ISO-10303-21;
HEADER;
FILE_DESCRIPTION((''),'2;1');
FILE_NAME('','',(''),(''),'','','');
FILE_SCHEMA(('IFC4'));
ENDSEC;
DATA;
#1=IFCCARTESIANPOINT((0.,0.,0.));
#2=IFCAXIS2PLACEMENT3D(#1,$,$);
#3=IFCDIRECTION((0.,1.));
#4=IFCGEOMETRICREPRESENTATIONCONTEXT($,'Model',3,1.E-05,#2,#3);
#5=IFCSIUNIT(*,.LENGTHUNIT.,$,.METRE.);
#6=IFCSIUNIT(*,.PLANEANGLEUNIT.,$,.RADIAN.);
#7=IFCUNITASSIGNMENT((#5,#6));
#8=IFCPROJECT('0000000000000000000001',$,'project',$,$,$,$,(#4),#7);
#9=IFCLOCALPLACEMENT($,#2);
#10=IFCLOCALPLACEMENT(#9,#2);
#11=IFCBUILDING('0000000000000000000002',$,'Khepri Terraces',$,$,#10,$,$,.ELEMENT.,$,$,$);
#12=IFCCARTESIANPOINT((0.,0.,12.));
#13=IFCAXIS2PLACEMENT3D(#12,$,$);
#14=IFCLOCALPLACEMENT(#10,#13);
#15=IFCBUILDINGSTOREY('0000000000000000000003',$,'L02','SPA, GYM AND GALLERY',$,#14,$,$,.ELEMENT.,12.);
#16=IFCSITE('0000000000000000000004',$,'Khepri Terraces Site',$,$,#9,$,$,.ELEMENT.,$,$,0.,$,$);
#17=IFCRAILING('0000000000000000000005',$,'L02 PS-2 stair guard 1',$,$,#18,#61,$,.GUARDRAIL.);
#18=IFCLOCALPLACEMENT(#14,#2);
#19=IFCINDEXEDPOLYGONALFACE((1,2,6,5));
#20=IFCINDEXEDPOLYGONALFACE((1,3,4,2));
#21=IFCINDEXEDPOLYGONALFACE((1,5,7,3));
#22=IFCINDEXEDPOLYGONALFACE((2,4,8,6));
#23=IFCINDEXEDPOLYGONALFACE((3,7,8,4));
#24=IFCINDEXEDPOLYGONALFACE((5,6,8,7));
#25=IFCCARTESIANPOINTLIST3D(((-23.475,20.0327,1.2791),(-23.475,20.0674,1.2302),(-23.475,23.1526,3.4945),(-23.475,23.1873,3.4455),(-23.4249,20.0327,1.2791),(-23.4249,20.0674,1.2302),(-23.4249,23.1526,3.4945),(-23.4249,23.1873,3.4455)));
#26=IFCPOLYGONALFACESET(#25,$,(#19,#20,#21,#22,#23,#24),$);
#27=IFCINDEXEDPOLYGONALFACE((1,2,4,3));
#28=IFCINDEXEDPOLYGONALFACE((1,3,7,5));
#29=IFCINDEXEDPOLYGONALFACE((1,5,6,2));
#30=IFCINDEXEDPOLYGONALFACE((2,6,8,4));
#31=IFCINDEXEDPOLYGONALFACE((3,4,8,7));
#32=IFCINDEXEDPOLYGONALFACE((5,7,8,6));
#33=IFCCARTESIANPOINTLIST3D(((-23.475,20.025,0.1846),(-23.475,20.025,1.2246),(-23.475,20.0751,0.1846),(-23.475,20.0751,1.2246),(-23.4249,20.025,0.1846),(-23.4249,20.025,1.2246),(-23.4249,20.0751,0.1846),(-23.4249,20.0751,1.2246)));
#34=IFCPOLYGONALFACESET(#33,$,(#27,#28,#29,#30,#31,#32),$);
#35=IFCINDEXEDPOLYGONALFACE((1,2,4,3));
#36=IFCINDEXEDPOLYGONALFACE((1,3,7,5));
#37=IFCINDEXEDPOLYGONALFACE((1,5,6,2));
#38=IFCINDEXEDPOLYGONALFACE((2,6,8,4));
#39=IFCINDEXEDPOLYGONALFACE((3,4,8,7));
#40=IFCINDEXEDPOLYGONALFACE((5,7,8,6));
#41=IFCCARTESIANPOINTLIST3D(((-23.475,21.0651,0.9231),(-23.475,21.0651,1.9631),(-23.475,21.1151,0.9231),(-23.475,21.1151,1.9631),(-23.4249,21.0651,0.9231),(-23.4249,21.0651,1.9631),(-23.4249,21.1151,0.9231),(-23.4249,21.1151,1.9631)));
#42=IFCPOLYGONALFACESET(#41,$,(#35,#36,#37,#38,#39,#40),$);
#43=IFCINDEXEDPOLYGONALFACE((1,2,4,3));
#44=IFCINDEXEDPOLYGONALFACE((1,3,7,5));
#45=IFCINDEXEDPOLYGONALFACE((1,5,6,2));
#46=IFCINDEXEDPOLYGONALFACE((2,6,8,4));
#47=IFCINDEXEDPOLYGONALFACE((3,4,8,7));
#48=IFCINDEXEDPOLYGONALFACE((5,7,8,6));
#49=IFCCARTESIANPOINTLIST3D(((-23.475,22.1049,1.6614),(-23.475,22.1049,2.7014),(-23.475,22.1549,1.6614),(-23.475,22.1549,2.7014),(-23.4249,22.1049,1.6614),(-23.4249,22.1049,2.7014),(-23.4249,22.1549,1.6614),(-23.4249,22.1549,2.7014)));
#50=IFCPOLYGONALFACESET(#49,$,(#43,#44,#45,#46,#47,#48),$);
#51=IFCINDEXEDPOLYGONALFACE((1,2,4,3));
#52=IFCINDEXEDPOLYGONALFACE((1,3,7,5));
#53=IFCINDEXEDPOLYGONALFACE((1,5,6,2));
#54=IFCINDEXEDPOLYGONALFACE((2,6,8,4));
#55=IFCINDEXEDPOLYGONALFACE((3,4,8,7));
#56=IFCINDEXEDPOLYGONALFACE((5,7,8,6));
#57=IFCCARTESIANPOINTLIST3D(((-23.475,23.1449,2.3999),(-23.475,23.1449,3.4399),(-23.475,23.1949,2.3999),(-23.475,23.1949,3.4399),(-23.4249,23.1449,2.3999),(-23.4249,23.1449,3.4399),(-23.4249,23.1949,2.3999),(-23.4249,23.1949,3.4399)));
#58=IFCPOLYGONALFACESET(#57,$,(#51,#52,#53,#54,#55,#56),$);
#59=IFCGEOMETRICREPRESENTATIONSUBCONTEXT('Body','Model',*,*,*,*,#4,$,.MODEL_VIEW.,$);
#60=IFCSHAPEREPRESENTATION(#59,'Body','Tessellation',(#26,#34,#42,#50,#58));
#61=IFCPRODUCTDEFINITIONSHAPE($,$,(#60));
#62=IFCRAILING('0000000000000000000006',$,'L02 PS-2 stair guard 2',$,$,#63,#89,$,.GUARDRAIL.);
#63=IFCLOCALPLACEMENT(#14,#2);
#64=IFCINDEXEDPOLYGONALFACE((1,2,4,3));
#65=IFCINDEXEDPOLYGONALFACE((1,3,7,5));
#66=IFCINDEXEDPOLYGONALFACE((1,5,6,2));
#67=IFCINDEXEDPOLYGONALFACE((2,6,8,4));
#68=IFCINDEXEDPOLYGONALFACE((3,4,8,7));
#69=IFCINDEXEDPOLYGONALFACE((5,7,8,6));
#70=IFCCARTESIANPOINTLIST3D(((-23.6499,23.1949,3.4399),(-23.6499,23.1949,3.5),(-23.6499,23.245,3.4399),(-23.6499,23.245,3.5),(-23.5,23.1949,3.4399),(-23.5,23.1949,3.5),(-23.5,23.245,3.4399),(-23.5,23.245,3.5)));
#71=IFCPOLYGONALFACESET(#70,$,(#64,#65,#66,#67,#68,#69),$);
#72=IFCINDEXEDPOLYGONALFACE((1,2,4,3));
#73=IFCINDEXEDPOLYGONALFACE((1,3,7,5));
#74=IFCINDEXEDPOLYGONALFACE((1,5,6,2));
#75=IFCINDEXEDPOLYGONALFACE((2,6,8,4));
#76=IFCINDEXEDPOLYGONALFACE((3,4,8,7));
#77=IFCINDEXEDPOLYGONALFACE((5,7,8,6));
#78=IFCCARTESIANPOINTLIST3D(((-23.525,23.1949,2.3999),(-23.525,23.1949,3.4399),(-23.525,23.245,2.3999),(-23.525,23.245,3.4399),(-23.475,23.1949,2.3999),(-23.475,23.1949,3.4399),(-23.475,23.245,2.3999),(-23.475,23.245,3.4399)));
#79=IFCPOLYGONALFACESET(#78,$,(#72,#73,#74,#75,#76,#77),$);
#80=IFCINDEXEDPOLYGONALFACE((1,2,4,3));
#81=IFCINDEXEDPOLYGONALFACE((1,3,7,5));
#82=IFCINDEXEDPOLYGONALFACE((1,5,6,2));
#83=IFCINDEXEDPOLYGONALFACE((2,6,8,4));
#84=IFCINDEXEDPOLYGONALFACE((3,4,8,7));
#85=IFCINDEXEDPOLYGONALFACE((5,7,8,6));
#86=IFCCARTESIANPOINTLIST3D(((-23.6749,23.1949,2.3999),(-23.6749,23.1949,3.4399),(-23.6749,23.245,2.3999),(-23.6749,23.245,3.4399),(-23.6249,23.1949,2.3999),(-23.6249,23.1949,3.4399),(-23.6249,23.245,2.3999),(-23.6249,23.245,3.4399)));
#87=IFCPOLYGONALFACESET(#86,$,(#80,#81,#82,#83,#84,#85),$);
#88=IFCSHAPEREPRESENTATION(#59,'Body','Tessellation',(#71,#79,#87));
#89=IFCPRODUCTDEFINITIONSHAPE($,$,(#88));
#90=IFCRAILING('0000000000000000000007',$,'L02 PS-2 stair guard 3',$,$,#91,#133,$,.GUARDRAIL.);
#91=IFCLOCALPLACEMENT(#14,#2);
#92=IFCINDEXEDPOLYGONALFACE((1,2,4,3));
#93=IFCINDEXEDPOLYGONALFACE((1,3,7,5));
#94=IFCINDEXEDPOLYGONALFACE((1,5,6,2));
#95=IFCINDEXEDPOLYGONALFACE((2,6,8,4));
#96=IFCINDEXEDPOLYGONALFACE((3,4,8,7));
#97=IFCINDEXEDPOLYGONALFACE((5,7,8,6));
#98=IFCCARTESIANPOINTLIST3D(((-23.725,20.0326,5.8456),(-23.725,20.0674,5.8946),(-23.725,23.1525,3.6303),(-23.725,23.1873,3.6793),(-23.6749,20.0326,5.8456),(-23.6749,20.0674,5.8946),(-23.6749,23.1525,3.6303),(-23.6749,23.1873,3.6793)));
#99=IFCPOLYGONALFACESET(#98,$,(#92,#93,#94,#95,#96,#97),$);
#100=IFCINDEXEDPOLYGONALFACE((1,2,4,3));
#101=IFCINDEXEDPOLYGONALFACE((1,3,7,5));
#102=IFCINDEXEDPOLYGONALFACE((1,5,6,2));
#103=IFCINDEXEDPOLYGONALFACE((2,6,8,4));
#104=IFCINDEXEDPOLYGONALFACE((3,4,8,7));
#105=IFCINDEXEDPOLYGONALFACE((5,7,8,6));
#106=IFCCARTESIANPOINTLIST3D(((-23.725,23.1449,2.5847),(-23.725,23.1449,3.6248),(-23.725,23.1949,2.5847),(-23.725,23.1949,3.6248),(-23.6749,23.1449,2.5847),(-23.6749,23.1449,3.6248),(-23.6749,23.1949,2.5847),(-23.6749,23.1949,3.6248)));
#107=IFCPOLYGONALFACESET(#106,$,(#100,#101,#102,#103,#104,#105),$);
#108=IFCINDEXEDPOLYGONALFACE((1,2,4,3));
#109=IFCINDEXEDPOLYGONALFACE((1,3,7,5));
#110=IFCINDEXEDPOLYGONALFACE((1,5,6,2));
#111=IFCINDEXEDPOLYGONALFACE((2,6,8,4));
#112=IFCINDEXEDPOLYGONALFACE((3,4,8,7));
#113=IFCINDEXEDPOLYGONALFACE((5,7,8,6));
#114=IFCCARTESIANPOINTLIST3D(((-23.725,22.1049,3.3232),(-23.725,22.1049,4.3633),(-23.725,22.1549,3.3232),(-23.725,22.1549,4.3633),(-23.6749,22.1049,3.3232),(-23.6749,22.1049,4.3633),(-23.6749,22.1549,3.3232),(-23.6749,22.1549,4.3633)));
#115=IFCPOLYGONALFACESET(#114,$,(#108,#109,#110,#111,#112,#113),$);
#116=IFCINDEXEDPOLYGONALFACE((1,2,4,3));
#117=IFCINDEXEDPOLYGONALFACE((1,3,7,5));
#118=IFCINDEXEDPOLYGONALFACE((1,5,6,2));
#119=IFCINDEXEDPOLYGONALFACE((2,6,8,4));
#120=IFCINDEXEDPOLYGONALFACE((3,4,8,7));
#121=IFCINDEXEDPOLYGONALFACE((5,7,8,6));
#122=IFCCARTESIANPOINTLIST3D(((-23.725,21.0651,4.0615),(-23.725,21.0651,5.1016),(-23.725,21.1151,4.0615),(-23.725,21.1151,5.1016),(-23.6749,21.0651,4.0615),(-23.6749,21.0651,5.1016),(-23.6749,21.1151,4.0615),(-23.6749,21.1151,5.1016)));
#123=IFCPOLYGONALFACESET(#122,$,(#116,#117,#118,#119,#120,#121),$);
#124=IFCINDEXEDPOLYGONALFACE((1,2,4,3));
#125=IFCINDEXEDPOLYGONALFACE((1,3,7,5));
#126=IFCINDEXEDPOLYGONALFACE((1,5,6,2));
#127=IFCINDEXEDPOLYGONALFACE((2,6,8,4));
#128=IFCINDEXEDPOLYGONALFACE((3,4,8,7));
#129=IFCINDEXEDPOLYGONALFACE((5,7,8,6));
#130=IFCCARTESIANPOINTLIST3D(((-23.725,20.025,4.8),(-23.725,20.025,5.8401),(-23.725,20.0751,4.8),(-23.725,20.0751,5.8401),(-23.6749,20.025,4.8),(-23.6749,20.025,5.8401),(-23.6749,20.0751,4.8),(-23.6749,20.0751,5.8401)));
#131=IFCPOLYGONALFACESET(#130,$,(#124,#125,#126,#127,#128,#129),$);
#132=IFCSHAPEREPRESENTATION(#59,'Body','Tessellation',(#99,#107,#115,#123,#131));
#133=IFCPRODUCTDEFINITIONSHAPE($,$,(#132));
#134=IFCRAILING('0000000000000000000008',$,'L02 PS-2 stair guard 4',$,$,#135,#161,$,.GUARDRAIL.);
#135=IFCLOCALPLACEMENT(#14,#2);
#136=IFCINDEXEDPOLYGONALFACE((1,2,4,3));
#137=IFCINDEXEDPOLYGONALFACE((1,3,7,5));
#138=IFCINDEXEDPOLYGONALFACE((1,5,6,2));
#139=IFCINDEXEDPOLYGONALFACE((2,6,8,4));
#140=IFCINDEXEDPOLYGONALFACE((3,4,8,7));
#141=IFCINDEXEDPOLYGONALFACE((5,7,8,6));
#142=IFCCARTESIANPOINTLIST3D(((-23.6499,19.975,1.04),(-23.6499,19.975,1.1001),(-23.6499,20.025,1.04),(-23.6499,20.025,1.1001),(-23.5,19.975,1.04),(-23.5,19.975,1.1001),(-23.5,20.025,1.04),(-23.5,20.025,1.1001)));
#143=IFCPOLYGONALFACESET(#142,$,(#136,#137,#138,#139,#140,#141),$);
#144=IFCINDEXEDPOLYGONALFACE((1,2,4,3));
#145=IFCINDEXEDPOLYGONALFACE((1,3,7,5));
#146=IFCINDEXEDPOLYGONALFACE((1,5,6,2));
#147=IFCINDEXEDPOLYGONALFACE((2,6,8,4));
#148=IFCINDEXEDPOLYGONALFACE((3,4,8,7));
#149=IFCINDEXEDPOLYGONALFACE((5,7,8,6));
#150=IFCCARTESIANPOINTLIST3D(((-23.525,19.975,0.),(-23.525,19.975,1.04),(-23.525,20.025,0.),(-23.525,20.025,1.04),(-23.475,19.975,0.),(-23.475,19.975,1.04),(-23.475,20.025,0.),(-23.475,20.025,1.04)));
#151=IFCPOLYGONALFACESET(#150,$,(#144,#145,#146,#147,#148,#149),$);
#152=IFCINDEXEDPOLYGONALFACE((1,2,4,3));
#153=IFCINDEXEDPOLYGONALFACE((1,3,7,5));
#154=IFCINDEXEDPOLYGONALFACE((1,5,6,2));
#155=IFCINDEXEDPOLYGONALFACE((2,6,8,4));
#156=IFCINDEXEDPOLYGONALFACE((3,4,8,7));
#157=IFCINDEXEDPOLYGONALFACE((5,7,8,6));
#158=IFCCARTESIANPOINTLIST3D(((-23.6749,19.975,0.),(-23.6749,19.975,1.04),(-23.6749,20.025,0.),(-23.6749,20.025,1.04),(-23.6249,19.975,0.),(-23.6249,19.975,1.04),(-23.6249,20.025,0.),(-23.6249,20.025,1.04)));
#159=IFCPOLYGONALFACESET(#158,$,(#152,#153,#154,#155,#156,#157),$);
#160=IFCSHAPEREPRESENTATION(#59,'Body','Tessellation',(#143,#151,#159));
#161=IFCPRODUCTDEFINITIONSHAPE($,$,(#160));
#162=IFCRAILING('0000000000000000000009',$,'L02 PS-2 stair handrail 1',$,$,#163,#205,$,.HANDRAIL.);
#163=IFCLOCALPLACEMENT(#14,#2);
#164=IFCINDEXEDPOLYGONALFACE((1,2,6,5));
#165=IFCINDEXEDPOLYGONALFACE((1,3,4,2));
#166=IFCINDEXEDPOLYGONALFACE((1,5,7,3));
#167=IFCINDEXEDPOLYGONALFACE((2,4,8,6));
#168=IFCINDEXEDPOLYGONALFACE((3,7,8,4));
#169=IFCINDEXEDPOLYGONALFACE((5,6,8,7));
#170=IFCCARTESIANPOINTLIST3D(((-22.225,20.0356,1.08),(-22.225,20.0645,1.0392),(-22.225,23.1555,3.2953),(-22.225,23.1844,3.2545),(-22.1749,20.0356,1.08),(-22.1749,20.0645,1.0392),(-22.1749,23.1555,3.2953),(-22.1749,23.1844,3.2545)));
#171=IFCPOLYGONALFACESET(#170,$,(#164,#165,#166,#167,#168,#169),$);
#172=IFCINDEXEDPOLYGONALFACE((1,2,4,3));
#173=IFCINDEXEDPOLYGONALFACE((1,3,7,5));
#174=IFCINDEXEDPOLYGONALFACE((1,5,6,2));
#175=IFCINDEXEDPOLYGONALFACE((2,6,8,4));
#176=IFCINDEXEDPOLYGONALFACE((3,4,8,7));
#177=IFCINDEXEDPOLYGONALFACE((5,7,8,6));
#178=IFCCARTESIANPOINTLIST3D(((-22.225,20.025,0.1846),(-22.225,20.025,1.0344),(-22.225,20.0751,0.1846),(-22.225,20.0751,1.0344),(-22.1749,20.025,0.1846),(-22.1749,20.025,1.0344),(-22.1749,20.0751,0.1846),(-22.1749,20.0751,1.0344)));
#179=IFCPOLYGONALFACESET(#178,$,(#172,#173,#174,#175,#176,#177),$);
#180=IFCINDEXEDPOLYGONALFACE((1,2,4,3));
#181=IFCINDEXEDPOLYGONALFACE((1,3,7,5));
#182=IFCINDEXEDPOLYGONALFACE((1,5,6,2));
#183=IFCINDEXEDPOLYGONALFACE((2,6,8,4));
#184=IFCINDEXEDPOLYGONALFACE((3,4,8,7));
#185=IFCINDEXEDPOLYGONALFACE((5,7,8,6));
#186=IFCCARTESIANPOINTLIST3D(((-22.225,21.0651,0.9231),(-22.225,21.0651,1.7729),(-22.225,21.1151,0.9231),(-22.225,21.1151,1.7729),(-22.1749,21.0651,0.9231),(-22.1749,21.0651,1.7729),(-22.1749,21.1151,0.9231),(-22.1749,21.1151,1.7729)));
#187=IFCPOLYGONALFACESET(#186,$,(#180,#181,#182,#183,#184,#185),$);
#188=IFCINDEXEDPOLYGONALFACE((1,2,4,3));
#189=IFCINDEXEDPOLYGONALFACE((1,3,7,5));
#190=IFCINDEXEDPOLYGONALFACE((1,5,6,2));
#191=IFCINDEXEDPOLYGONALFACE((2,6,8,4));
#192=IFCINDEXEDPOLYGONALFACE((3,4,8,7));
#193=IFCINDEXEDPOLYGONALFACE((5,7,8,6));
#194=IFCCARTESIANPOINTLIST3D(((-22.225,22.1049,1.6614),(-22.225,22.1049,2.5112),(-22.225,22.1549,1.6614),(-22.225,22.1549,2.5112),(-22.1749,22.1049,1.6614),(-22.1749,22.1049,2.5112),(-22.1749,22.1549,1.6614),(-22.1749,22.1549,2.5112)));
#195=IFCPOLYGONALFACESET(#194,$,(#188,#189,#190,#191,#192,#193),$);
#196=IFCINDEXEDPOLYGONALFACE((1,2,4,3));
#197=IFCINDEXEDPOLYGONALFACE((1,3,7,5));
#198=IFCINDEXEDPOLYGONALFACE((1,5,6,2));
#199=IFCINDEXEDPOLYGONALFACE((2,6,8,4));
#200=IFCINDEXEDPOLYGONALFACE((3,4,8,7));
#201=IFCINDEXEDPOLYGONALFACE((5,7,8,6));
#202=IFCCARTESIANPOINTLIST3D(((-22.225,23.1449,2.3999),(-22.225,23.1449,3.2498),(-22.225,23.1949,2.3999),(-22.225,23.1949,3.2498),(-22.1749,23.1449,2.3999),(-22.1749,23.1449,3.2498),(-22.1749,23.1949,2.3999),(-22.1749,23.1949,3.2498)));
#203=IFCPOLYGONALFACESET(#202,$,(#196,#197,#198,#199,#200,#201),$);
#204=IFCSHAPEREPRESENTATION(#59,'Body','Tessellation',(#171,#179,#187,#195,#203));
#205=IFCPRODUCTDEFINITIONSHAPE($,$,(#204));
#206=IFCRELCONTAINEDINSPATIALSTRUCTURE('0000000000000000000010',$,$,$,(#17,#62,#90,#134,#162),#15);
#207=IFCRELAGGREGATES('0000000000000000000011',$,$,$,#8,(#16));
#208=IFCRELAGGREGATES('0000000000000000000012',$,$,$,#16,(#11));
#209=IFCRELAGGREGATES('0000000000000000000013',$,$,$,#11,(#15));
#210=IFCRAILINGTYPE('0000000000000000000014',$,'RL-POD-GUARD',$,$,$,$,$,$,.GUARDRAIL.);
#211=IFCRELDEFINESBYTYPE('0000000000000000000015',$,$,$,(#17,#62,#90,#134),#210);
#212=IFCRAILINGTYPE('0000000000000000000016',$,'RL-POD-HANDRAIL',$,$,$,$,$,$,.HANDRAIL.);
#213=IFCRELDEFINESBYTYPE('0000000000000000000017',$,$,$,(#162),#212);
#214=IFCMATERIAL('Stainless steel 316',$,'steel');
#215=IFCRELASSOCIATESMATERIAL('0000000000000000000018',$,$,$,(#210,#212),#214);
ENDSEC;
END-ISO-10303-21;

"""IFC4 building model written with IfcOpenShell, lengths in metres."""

from ifc_helpers import new_model, si_unit, direction, frame, origin, origin_2d, place, context, subcontext, project, spatial, rectangle, extrude, material, type_object, element, save


model = new_model("IFC4")

# Units and contexts
model_context = context("Model", 3, precision=1e-05, world=origin(), true_north=direction((0.0, 1.0)))
body_context = subcontext(model_context, "Body", "Model", "MODEL_VIEW")
ifc_project = project(units=[si_unit("LENGTHUNIT", "METRE"), si_unit("PLANEANGLEUNIT", "RADIAN")], contexts=[model_context])

# Site, building, storey
site_placement = place(None, origin())
site = spatial("IfcSite", under=ifc_project, at=site_placement, Name="Khepri Terraces Site", CompositionType="ELEMENT", RefElevation=0.0)
building_placement = place(site_placement, origin())
building = spatial("IfcBuilding", under=site, at=building_placement, Name="Khepri Terraces", CompositionType="ELEMENT")
storey_placement = place(building_placement, frame((0.0, 0.0, 12.0)))
storey = spatial("IfcBuildingStorey", under=building, at=storey_placement, Name="L02", Description="SPA, GYM AND GALLERY", CompositionType="ELEMENT", Elevation=12.0)

# Railings
ifc_material_1 = material(Name="Stainless steel 316", Category="steel")
railing_type_1 = type_object("IfcRailingType", Name="RL-POD-GUARD", PredefinedType="GUARDRAIL", material=ifc_material_1)
railing_1_placement = place(storey_placement, frame((-23.45, 20.05, 0.1846)))
element("IfcRailing", 1, at=railing_1_placement, inside=storey, type_object=railing_type_1, Name="L02 PS-2 stair guard 1", PredefinedType="GUARDRAIL", context=body_context, shape_type="SweptSolid", body=[
    extrude(rectangle(XDim=0.05, YDim=0.0601, at=origin_2d()), frame((0.0, 0.0, 1.0701), z_axis=(0.0, 0.815356, 0.578961), x_axis=(-1.0, 0.0, 0.0)), (0.0, 0.0, 1.0), 3.8264),
    extrude(rectangle(XDim=0.05, YDim=0.05, at=origin_2d()), origin(), (0.0, 0.0, 1.0), 1.04),
    extrude(rectangle(XDim=0.05, YDim=0.05, at=origin_2d()), frame((0.0, 1.04, 0.7385)), (0.0, 0.0, 1.0), 1.04),
    extrude(rectangle(XDim=0.05, YDim=0.05, at=origin_2d()), frame((0.0, 2.0798, 1.4768)), (0.0, 0.0, 1.0), 1.04),
    extrude(rectangle(XDim=0.05, YDim=0.05, at=origin_2d()), frame((0.0, 3.1199, 2.2153)), (0.0, 0.0, 1.0), 1.04),
])
railing_2_placement = place(storey_placement, frame((-23.5, 23.22, 2.3999)))
element("IfcRailing", 2, at=railing_2_placement, inside=storey, type_object=railing_type_1, Name="L02 PS-2 stair guard 2", PredefinedType="GUARDRAIL", context=body_context, shape_type="SweptSolid", body=[
    extrude(rectangle(XDim=0.05, YDim=0.0601, at=origin_2d()), frame((0.0, 0.0, 1.0701), z_axis=(-1.0, 0.0, 0.0), x_axis=(0.0, -1.0, 0.0)), (0.0, 0.0, 1.0), 0.1499),
    extrude(rectangle(XDim=0.05, YDim=0.05, at=origin_2d()), origin(), (0.0, 0.0, 1.0), 1.04),
    extrude(rectangle(XDim=0.05, YDim=0.05, at=origin_2d()), frame((-0.1499, 0.0, 0.0)), (0.0, 0.0, 1.0), 1.04),
])
railing_3_placement = place(storey_placement, frame((-23.7, 23.1699, 2.5847)))
element("IfcRailing", 3, at=railing_3_placement, inside=storey, type_object=railing_type_1, Name="L02 PS-2 stair guard 3", PredefinedType="GUARDRAIL", context=body_context, shape_type="SweptSolid", body=[
    extrude(rectangle(XDim=0.05, YDim=0.0601, at=origin_2d()), frame((0.0, 0.0, 1.0701), z_axis=(0.0, -0.815356, 0.578961), x_axis=(1.0, 0.0, 0.0)), (0.0, 0.0, 1.0), 3.8264),
    extrude(rectangle(XDim=0.05, YDim=0.05, at=origin_2d()), origin(), (0.0, 0.0, 1.0), 1.04),
    extrude(rectangle(XDim=0.05, YDim=0.05, at=origin_2d()), frame((0.0, -1.04, 0.7385)), (0.0, 0.0, 1.0), 1.04),
    extrude(rectangle(XDim=0.05, YDim=0.05, at=origin_2d()), frame((0.0, -2.0798, 1.4768)), (0.0, 0.0, 1.0), 1.04),
    extrude(rectangle(XDim=0.05, YDim=0.05, at=origin_2d()), frame((0.0, -3.1199, 2.2153)), (0.0, 0.0, 1.0), 1.04),
])
railing_4_placement = place(storey_placement, frame((-23.5, 20.0, 0.0)))
element("IfcRailing", 4, at=railing_4_placement, inside=storey, type_object=railing_type_1, Name="L02 PS-2 stair guard 4", PredefinedType="GUARDRAIL", context=body_context, shape_type="SweptSolid", body=[
    extrude(rectangle(XDim=0.05, YDim=0.0601, at=origin_2d()), frame((0.0, 0.0, 1.0701), z_axis=(-1.0, 0.0, 0.0), x_axis=(0.0, -1.0, 0.0)), (0.0, 0.0, 1.0), 0.1499),
    extrude(rectangle(XDim=0.05, YDim=0.05, at=origin_2d()), origin(), (0.0, 0.0, 1.0), 1.04),
    extrude(rectangle(XDim=0.05, YDim=0.05, at=origin_2d()), frame((-0.1499, 0.0, 0.0)), (0.0, 0.0, 1.0), 1.04),
])
railing_type_2 = type_object("IfcRailingType", Name="RL-POD-HANDRAIL", PredefinedType="HANDRAIL", material=ifc_material_1)
railing_5_placement = place(storey_placement, frame((-22.2, 20.05, 0.1846)))
element("IfcRailing", 5, at=railing_5_placement, inside=storey, type_object=railing_type_2, Name="L02 PS-2 stair handrail 1", PredefinedType="HANDRAIL", context=body_context, shape_type="SweptSolid", body=[
    extrude(rectangle(XDim=0.05, YDim=0.05, at=origin_2d()), frame((0.0, 0.0, 0.875), z_axis=(0.0, 0.815356, 0.578961), x_axis=(-1.0, 0.0, 0.0)), (0.0, 0.0, 1.0), 3.8264),
    extrude(rectangle(XDim=0.05, YDim=0.05, at=origin_2d()), origin(), (0.0, 0.0, 1.0), 0.8499),
    extrude(rectangle(XDim=0.05, YDim=0.05, at=origin_2d()), frame((0.0, 1.04, 0.7385)), (0.0, 0.0, 1.0), 0.8499),
    extrude(rectangle(XDim=0.05, YDim=0.05, at=origin_2d()), frame((0.0, 2.0798, 1.4768)), (0.0, 0.0, 1.0), 0.8499),
    extrude(rectangle(XDim=0.05, YDim=0.05, at=origin_2d()), frame((0.0, 3.1199, 2.2153)), (0.0, 0.0, 1.0), 0.8499),
])

save(model, "model.ifc")
